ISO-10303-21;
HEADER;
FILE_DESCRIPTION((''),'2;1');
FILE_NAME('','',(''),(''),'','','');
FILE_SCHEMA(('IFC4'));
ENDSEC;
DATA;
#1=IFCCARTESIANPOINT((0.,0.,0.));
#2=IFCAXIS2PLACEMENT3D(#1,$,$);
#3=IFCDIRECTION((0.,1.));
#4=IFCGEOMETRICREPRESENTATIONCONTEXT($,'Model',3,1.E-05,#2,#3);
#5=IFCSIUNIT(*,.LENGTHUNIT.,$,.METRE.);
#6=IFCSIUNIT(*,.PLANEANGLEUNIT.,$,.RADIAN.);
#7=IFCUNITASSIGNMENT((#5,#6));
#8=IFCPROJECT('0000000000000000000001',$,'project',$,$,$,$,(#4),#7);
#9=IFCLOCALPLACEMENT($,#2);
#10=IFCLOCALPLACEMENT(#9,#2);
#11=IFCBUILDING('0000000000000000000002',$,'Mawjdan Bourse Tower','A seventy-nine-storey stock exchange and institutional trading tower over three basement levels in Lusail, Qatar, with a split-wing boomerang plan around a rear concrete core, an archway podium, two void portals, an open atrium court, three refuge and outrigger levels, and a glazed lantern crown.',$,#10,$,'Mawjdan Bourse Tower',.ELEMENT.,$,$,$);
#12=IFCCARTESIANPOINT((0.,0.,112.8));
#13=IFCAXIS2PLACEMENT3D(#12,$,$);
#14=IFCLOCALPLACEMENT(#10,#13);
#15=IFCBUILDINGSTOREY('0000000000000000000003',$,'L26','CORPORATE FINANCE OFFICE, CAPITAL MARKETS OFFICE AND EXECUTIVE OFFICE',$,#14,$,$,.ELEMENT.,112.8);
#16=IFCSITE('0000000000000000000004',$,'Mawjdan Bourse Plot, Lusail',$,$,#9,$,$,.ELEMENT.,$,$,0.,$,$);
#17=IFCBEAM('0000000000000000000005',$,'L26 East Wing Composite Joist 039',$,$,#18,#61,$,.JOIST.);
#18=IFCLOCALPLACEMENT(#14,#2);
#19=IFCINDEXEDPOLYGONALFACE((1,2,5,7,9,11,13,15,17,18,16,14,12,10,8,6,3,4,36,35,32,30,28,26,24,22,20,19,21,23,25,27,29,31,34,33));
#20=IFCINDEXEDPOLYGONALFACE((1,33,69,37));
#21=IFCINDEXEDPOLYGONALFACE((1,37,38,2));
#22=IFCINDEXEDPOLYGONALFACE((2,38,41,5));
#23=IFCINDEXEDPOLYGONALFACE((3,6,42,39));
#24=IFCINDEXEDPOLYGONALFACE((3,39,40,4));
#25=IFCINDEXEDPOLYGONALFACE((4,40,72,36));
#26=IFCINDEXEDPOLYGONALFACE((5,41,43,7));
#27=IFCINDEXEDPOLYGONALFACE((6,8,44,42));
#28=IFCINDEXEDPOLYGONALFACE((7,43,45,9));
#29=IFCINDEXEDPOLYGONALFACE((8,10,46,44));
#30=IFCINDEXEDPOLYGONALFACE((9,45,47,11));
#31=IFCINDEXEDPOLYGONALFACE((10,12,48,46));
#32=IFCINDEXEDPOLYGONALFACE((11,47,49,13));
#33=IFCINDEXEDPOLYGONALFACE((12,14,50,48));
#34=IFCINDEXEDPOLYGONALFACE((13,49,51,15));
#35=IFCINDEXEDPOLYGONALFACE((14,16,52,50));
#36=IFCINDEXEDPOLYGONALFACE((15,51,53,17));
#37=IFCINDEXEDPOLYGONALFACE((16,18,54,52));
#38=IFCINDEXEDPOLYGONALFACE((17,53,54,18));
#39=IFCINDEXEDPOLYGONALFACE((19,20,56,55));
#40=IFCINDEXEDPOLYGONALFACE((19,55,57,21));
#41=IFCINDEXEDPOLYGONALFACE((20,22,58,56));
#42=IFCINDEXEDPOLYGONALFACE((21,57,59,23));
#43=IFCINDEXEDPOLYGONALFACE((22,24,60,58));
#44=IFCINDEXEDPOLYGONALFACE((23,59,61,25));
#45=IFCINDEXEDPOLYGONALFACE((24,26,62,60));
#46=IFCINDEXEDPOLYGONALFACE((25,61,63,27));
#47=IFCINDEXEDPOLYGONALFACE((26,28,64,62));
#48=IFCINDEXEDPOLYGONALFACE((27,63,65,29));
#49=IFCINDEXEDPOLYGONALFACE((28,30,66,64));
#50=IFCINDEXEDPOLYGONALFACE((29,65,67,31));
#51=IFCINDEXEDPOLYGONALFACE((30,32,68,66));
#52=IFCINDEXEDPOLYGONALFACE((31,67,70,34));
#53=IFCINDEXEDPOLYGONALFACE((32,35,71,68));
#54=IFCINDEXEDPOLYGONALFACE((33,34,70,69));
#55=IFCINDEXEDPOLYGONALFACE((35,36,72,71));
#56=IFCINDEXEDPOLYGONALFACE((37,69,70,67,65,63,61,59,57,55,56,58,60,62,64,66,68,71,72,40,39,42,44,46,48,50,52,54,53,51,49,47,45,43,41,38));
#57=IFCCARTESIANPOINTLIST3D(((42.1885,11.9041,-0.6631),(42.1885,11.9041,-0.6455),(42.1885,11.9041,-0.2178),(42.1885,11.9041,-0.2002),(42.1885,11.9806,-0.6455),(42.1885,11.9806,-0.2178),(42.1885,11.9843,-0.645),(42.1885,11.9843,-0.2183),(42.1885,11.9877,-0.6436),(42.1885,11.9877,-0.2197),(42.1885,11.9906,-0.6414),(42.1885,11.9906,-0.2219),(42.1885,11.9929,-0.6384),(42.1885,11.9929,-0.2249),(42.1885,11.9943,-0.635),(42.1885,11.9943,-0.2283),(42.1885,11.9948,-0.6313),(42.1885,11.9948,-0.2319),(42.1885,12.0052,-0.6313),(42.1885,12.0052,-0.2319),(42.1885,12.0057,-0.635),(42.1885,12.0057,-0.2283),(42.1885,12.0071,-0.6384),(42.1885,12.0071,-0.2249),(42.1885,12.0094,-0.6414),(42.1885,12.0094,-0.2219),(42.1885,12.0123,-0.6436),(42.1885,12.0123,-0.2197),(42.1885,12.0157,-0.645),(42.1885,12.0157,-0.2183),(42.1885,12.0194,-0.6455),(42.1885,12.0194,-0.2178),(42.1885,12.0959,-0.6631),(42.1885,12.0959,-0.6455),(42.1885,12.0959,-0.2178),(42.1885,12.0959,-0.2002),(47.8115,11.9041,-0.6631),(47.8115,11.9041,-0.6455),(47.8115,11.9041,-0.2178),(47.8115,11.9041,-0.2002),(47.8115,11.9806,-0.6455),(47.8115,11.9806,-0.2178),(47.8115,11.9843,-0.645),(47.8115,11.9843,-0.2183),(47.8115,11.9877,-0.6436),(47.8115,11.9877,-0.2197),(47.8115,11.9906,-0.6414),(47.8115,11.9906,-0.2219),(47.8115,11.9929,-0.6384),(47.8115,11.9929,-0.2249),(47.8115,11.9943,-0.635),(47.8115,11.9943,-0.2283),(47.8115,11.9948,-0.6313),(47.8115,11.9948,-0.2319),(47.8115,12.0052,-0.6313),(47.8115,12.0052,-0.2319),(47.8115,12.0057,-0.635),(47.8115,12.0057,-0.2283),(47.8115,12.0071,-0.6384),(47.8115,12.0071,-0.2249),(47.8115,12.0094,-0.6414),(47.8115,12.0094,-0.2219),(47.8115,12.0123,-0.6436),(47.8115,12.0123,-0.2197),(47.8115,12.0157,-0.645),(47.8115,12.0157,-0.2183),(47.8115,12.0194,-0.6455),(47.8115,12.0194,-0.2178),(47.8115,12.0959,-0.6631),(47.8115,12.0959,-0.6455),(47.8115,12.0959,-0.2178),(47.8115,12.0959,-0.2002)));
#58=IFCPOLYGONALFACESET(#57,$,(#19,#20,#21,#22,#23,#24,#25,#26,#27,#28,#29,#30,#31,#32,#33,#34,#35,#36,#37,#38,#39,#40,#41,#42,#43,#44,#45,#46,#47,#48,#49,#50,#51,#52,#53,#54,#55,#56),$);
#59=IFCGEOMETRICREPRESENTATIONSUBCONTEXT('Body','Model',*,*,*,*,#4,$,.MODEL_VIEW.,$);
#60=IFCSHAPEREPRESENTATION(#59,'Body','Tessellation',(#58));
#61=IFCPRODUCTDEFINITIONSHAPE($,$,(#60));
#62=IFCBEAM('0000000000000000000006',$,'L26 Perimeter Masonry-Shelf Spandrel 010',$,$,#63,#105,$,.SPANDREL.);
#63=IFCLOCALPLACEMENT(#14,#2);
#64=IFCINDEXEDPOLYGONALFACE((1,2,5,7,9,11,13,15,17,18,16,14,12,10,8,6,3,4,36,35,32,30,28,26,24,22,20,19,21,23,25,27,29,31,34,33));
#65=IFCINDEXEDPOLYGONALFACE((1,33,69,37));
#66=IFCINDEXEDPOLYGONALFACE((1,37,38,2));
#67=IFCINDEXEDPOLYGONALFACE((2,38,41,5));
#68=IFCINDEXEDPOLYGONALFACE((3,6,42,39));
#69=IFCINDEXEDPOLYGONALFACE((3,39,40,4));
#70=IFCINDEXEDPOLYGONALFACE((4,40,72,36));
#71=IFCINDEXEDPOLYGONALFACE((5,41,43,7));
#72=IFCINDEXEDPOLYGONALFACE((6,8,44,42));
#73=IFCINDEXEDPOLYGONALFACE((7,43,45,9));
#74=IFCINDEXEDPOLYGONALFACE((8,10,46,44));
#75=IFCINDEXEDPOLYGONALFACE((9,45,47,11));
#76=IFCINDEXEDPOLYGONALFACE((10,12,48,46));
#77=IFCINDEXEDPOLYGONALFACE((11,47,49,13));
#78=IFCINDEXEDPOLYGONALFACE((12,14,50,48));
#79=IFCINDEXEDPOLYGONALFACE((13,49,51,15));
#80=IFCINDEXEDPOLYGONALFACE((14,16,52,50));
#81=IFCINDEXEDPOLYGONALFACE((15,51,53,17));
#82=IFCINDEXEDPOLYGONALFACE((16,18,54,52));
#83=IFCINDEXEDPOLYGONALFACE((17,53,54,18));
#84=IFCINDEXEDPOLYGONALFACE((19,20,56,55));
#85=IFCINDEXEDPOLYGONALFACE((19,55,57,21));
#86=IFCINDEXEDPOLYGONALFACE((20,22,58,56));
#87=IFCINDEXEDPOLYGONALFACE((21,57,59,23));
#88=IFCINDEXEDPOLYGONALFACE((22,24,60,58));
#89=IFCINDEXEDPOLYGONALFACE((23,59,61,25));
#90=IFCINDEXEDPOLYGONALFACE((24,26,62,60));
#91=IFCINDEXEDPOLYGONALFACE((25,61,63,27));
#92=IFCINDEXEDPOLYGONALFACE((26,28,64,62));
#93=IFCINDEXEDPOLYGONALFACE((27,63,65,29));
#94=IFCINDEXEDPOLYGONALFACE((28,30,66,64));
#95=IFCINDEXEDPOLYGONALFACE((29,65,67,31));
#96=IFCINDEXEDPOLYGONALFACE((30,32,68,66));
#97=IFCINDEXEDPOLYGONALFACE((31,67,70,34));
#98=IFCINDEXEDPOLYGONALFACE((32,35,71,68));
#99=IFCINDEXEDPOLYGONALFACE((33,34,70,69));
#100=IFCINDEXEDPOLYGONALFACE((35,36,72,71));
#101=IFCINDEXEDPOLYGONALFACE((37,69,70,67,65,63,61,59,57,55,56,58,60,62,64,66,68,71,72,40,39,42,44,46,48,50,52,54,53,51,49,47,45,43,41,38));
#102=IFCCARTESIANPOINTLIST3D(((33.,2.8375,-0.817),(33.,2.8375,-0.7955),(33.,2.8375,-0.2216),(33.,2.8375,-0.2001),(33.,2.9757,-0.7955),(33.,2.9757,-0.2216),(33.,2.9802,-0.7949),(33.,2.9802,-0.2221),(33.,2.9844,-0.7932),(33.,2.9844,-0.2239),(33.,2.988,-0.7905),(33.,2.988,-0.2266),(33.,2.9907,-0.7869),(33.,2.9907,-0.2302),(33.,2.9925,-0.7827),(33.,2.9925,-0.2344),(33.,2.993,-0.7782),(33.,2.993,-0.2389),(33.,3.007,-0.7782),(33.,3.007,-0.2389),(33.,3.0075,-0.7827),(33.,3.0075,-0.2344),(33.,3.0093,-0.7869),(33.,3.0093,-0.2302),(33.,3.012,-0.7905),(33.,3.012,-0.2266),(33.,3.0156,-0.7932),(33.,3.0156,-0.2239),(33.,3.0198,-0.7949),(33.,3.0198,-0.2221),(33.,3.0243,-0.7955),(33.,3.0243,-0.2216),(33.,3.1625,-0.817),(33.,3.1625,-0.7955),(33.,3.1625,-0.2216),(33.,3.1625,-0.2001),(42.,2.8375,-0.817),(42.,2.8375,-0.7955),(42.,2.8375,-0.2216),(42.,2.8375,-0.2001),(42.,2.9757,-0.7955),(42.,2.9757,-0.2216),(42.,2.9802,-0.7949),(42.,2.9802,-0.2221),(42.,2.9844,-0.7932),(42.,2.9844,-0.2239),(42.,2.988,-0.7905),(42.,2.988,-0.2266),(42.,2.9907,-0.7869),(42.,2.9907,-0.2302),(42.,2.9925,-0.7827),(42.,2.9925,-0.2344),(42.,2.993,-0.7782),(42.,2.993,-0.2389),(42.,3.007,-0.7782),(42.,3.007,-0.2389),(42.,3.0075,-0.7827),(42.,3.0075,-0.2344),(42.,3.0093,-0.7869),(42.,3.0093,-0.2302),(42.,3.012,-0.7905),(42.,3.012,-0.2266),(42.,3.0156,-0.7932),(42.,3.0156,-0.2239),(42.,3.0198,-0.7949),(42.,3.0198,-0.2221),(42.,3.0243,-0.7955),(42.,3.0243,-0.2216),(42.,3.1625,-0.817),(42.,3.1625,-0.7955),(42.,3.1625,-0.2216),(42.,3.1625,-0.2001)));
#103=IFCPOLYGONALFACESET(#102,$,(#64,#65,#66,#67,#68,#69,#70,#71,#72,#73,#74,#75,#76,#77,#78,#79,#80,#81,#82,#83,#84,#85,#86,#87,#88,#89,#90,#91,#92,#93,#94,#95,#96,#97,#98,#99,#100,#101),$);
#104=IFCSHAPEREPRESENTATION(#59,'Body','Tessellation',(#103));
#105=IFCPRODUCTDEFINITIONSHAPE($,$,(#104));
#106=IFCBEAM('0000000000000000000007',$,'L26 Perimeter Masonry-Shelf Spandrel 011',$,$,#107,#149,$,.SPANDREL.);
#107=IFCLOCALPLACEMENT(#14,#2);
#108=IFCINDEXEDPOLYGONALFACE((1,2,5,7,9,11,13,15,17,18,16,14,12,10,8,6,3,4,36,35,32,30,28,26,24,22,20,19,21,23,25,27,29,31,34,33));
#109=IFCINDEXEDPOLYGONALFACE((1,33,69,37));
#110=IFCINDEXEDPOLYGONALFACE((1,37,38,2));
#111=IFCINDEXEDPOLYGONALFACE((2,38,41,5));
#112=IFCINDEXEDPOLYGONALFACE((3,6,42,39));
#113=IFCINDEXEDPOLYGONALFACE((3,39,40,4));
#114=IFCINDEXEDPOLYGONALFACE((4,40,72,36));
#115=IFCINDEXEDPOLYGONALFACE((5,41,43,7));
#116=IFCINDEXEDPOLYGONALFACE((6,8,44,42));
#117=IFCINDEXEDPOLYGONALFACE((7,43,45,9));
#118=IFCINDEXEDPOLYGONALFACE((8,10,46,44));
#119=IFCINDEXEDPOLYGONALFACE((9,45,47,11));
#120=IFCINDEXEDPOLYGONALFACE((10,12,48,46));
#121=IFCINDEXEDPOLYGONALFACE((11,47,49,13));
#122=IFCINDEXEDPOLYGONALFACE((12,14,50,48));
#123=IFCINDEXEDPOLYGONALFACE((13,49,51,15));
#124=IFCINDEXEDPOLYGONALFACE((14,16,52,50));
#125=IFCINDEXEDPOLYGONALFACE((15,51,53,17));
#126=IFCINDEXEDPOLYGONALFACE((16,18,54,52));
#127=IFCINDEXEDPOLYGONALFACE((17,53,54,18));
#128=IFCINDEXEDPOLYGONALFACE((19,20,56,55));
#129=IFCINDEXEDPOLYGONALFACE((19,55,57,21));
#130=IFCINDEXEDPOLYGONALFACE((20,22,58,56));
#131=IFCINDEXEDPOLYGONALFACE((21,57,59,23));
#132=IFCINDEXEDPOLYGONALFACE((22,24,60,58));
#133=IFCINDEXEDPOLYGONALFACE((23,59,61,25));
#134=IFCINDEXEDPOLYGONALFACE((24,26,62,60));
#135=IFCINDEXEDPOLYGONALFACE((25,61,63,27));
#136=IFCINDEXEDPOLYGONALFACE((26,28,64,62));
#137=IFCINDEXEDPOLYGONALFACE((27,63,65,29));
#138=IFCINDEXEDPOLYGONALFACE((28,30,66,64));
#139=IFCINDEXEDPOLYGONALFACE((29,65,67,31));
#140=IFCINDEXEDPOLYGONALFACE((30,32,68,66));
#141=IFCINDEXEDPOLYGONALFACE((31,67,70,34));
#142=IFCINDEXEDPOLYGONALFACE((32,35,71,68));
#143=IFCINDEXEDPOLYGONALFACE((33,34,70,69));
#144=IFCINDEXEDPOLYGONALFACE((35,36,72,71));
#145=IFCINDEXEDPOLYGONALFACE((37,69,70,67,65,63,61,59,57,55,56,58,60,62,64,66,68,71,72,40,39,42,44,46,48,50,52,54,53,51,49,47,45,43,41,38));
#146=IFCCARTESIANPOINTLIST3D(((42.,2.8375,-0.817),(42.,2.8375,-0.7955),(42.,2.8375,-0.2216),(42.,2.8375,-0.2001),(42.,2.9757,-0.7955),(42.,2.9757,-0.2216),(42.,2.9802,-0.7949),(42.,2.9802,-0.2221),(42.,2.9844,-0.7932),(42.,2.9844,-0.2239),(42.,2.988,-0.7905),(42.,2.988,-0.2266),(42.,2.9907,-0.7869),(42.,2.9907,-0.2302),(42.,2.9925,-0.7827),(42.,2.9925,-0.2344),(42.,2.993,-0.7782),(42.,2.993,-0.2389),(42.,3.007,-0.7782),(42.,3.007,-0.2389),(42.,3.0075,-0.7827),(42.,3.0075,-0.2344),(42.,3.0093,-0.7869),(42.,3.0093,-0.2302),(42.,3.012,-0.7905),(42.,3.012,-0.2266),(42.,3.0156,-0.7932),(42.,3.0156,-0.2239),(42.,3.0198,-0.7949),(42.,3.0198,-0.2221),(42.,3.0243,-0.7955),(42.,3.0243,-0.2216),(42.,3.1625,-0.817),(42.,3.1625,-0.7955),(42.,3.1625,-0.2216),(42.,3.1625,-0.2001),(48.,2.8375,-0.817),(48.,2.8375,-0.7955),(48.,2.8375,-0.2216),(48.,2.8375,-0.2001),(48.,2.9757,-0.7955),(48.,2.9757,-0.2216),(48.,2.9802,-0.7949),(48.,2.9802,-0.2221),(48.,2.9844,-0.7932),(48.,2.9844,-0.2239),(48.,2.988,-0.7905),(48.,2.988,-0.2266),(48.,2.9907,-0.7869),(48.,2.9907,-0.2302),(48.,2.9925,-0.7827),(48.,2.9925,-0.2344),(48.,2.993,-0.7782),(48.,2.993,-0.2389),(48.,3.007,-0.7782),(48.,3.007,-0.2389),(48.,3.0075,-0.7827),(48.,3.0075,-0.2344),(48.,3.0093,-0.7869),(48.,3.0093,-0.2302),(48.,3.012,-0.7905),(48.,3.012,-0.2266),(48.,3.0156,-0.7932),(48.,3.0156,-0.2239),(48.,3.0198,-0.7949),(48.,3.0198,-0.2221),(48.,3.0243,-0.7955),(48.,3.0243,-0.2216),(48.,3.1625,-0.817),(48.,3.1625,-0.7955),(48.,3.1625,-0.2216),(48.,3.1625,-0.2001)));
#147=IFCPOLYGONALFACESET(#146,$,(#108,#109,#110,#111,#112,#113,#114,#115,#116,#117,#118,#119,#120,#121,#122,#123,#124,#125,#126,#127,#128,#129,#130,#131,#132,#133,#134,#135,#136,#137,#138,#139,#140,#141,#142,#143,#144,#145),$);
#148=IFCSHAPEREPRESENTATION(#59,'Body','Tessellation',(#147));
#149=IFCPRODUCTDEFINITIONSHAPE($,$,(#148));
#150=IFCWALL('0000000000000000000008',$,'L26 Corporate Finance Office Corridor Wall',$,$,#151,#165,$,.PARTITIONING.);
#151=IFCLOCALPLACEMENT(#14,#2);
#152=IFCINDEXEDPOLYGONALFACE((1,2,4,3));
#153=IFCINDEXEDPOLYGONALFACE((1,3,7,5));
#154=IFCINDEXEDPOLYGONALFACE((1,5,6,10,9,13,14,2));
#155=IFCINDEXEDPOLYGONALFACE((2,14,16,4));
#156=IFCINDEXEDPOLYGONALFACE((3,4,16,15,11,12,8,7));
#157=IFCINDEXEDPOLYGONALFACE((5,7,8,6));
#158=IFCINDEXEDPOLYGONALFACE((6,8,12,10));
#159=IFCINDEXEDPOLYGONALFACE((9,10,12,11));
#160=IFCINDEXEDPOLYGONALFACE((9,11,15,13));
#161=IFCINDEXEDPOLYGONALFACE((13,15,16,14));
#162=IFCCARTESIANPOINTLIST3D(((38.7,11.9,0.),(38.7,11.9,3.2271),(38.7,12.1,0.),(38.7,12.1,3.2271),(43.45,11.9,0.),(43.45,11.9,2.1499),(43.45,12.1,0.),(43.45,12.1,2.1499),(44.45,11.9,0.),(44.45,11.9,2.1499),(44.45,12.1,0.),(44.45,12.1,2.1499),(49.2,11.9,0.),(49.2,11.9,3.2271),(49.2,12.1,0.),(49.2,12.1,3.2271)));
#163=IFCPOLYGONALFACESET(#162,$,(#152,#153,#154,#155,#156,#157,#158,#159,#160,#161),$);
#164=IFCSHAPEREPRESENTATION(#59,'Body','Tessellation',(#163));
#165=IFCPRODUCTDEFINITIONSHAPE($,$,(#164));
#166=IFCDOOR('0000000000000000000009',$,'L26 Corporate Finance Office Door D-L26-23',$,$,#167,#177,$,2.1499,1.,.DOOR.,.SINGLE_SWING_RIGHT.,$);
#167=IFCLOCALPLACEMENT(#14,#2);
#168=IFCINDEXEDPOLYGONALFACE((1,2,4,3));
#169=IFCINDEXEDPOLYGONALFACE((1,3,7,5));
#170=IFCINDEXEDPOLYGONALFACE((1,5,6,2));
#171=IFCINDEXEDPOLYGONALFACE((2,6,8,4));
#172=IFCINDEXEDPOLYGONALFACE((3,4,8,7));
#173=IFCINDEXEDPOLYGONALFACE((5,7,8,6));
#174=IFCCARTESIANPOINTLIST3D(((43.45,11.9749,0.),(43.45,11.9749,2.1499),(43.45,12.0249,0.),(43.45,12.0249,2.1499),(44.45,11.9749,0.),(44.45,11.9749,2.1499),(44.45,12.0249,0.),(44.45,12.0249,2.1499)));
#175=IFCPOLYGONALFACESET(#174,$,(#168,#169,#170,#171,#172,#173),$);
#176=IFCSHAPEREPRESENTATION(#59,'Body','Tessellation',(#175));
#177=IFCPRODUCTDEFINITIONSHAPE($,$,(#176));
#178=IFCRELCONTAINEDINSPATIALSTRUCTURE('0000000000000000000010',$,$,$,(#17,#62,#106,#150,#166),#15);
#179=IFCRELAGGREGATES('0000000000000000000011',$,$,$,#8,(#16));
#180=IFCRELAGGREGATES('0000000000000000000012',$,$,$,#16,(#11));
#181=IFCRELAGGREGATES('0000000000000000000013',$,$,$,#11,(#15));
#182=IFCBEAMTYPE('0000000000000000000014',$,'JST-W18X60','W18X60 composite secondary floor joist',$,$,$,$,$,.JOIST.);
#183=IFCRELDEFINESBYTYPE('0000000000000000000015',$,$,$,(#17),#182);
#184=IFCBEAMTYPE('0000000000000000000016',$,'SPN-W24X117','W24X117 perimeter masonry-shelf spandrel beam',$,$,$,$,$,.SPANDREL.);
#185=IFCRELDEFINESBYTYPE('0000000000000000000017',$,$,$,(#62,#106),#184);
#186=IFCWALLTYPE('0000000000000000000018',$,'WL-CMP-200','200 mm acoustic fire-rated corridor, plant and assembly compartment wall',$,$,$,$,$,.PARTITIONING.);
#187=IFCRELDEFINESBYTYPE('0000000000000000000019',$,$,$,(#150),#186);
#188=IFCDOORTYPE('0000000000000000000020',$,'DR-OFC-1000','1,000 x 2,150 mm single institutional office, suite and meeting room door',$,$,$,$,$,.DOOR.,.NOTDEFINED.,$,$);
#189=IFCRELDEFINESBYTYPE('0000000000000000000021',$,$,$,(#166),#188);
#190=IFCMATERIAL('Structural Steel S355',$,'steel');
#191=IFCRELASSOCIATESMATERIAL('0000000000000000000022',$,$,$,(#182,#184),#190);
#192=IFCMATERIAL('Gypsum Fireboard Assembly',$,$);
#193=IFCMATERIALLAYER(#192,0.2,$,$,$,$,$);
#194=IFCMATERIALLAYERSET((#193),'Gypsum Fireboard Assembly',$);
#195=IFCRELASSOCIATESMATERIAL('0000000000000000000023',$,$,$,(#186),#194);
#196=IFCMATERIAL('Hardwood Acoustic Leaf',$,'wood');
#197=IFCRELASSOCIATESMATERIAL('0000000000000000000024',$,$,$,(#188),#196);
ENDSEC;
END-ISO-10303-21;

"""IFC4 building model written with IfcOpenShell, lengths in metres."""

from ifc_helpers import new_model, si_unit, direction, frame, frame_2d, origin, origin_2d, place, context, subcontext, project, spatial, rectangle, i_section, extrude, material, layer, layer_set, material_profile, profile_set, type_object, element, fill, save


model = new_model("IFC4")

# Units and contexts
model_context = context("Model", 3, precision=1e-05, world=origin(), true_north=direction((0.0, 1.0)))
body_context = subcontext(model_context, "Body", "Model", "MODEL_VIEW")
ifc_project = project(units=[si_unit("LENGTHUNIT", "METRE"), si_unit("PLANEANGLEUNIT", "RADIAN")], contexts=[model_context])

# Site, building, storey
site_placement = place(None, origin())
site = spatial("IfcSite", under=ifc_project, at=site_placement, Name="Mawjdan Bourse Plot, Lusail", CompositionType="ELEMENT", RefElevation=0.0)
building_placement = place(site_placement, origin())
building = spatial("IfcBuilding", under=site, at=building_placement, Name="Mawjdan Bourse Tower", Description="A seventy-nine-storey stock exchange and institutional trading tower over three basement levels in Lusail, Qatar, with a split-wing boomerang plan around a rear concrete core, an archway podium, two void portals, an open atrium court, three refuge and outrigger levels, and a glazed lantern crown.", LongName="Mawjdan Bourse Tower", CompositionType="ELEMENT")
storey_placement = place(building_placement, frame((0.0, 0.0, 112.8)))
storey = spatial("IfcBuildingStorey", under=building, at=storey_placement, Name="L26", Description="CORPORATE FINANCE OFFICE, CAPITAL MARKETS OFFICE AND EXECUTIVE OFFICE", CompositionType="ELEMENT", Elevation=112.8)

# Beams
ifc_material_1 = material(Name="Structural Steel S355", Category="steel")
ifc_material_profile_1 = material_profile(ifc_material_1, i_section(OverallWidth=0.1919, OverallDepth=0.4629, WebThickness=0.0105, FlangeThickness=0.0176, FilletRadius=0.0142, at=origin_2d()), Name="W18X60")
ifc_profile_set_1 = profile_set([ifc_material_profile_1], Name="Structural Steel S355")
beam_type_1 = type_object("IfcBeamType", Name="JST-W18X60", Description="W18X60 composite secondary floor joist", PredefinedType="JOIST", material=ifc_profile_set_1)
beam_1_placement = place(storey_placement, frame((42.1885, 12.0, -0.4316), z_axis=(1.0, 0.0, 0.0), x_axis=(0.0, 1.0, 0.0)))
element("IfcBeam", 1, at=beam_1_placement, inside=storey, type_object=beam_type_1, Name="L26 East Wing Composite Joist 039", PredefinedType="JOIST", context=body_context, shape_type="SweptSolid", body=[
    extrude(i_section(OverallWidth=0.1919, OverallDepth=0.4629, WebThickness=0.0105, FlangeThickness=0.0176, FilletRadius=0.0142, at=origin_2d()), origin(), (0.0, 0.0, 1.0), 5.623),
])
ifc_material_profile_2 = material_profile(ifc_material_1, i_section(OverallWidth=0.325, OverallDepth=0.6169, WebThickness=0.0139, FlangeThickness=0.0215, FilletRadius=0.0173, at=origin_2d()), Name="W24X117")
ifc_profile_set_2 = profile_set([ifc_material_profile_2], Name="Structural Steel S355")
beam_type_2 = type_object("IfcBeamType", Name="SPN-W24X117", Description="W24X117 perimeter masonry-shelf spandrel beam", PredefinedType="SPANDREL", material=ifc_profile_set_2)
beam_2_placement = place(storey_placement, frame((33.0, 3.0, -0.5085), z_axis=(1.0, 0.0, 0.0), x_axis=(0.0, 1.0, 0.0)))
element("IfcBeam", 2, at=beam_2_placement, inside=storey, type_object=beam_type_2, Name="L26 Perimeter Masonry-Shelf Spandrel 010", PredefinedType="SPANDREL", context=body_context, shape_type="SweptSolid", body=[
    extrude(i_section(OverallWidth=0.325, OverallDepth=0.6169, WebThickness=0.0139, FlangeThickness=0.0215, FilletRadius=0.0173, at=origin_2d()), origin(), (0.0, 0.0, 1.0), 9.0),
])
beam_3_placement = place(storey_placement, frame((42.0, 3.0, -0.5085), z_axis=(1.0, 0.0, 0.0), x_axis=(0.0, 1.0, 0.0)))
element("IfcBeam", 3, at=beam_3_placement, inside=storey, type_object=beam_type_2, Name="L26 Perimeter Masonry-Shelf Spandrel 011", PredefinedType="SPANDREL", context=body_context, shape_type="SweptSolid", body=[
    extrude(i_section(OverallWidth=0.325, OverallDepth=0.6169, WebThickness=0.0139, FlangeThickness=0.0215, FilletRadius=0.0173, at=origin_2d()), origin(), (0.0, 0.0, 1.0), 6.0),
])

# Wall, opening, door
ifc_material_2 = material(Name="Gypsum Fireboard Assembly")
ifc_layer_1 = layer(ifc_material_2, 0.2)
ifc_layer_set_1 = layer_set([ifc_layer_1], Name="Gypsum Fireboard Assembly")
wall_type_1 = type_object("IfcWallType", Name="WL-CMP-200", Description="200 mm acoustic fire-rated corridor, plant and assembly compartment wall", PredefinedType="PARTITIONING", material=ifc_layer_set_1)
wall_1_placement = place(storey_placement, frame((38.7, 12.0, 0.0), z_axis=(0.0, 0.0, 1.0), x_axis=(1.0, 0.0, 0.0)))
wall_1 = element("IfcWall", 4, at=wall_1_placement, inside=storey, type_object=wall_type_1, Name="L26 Corporate Finance Office Corridor Wall", PredefinedType="PARTITIONING", context=body_context, shape_type="SweptSolid", body=[
    extrude(rectangle(XDim=10.5, YDim=0.2, at=frame_2d((5.25, 0.0))), origin(), (0.0, 0.0, 1.0), 3.2271),
])
opening_placement = place(wall_1_placement, frame((4.75, 0.0, 0.0)))
opening = element("IfcOpeningElement", 5, at=opening_placement, cuts=wall_1, PredefinedType="OPENING", context=body_context, shape_type="SweptSolid", body=[
    extrude(rectangle(XDim=1.0, YDim=2.1499, at=frame_2d((0.5, 1.075))), frame((0.0, 0.1099, 0.0), z_axis=(0.0, -1.0, 0.0), x_axis=(1.0, 0.0, 0.0)), (0.0, 0.0, 1.0), 0.22),
])
ifc_material_3 = material(Name="Hardwood Acoustic Leaf", Category="wood")
door_type = type_object("IfcDoorType", Name="DR-OFC-1000", Description="1,000 x 2,150 mm single institutional office, suite and meeting room door", OperationType="NOTDEFINED", PredefinedType="DOOR", material=ifc_material_3)
door_placement = place(opening_placement, origin())
door = element("IfcDoor", 6, at=door_placement, inside=storey, type_object=door_type, Name="L26 Corporate Finance Office Door D-L26-23", OperationType="SINGLE_SWING_RIGHT", OverallHeight=2.1499, OverallWidth=1.0, PredefinedType="DOOR", context=body_context, shape_type="SweptSolid", body=[
    extrude(rectangle(XDim=1.0, YDim=2.1499, at=frame_2d((0.5, 1.075))), frame((0.0, 0.0249, 0.0), z_axis=(0.0, -1.0, 0.0), x_axis=(1.0, 0.0, 0.0)), (0.0, 0.0, 1.0), 0.05),
])
fill(opening, door)

save(model, "model.ifc")
